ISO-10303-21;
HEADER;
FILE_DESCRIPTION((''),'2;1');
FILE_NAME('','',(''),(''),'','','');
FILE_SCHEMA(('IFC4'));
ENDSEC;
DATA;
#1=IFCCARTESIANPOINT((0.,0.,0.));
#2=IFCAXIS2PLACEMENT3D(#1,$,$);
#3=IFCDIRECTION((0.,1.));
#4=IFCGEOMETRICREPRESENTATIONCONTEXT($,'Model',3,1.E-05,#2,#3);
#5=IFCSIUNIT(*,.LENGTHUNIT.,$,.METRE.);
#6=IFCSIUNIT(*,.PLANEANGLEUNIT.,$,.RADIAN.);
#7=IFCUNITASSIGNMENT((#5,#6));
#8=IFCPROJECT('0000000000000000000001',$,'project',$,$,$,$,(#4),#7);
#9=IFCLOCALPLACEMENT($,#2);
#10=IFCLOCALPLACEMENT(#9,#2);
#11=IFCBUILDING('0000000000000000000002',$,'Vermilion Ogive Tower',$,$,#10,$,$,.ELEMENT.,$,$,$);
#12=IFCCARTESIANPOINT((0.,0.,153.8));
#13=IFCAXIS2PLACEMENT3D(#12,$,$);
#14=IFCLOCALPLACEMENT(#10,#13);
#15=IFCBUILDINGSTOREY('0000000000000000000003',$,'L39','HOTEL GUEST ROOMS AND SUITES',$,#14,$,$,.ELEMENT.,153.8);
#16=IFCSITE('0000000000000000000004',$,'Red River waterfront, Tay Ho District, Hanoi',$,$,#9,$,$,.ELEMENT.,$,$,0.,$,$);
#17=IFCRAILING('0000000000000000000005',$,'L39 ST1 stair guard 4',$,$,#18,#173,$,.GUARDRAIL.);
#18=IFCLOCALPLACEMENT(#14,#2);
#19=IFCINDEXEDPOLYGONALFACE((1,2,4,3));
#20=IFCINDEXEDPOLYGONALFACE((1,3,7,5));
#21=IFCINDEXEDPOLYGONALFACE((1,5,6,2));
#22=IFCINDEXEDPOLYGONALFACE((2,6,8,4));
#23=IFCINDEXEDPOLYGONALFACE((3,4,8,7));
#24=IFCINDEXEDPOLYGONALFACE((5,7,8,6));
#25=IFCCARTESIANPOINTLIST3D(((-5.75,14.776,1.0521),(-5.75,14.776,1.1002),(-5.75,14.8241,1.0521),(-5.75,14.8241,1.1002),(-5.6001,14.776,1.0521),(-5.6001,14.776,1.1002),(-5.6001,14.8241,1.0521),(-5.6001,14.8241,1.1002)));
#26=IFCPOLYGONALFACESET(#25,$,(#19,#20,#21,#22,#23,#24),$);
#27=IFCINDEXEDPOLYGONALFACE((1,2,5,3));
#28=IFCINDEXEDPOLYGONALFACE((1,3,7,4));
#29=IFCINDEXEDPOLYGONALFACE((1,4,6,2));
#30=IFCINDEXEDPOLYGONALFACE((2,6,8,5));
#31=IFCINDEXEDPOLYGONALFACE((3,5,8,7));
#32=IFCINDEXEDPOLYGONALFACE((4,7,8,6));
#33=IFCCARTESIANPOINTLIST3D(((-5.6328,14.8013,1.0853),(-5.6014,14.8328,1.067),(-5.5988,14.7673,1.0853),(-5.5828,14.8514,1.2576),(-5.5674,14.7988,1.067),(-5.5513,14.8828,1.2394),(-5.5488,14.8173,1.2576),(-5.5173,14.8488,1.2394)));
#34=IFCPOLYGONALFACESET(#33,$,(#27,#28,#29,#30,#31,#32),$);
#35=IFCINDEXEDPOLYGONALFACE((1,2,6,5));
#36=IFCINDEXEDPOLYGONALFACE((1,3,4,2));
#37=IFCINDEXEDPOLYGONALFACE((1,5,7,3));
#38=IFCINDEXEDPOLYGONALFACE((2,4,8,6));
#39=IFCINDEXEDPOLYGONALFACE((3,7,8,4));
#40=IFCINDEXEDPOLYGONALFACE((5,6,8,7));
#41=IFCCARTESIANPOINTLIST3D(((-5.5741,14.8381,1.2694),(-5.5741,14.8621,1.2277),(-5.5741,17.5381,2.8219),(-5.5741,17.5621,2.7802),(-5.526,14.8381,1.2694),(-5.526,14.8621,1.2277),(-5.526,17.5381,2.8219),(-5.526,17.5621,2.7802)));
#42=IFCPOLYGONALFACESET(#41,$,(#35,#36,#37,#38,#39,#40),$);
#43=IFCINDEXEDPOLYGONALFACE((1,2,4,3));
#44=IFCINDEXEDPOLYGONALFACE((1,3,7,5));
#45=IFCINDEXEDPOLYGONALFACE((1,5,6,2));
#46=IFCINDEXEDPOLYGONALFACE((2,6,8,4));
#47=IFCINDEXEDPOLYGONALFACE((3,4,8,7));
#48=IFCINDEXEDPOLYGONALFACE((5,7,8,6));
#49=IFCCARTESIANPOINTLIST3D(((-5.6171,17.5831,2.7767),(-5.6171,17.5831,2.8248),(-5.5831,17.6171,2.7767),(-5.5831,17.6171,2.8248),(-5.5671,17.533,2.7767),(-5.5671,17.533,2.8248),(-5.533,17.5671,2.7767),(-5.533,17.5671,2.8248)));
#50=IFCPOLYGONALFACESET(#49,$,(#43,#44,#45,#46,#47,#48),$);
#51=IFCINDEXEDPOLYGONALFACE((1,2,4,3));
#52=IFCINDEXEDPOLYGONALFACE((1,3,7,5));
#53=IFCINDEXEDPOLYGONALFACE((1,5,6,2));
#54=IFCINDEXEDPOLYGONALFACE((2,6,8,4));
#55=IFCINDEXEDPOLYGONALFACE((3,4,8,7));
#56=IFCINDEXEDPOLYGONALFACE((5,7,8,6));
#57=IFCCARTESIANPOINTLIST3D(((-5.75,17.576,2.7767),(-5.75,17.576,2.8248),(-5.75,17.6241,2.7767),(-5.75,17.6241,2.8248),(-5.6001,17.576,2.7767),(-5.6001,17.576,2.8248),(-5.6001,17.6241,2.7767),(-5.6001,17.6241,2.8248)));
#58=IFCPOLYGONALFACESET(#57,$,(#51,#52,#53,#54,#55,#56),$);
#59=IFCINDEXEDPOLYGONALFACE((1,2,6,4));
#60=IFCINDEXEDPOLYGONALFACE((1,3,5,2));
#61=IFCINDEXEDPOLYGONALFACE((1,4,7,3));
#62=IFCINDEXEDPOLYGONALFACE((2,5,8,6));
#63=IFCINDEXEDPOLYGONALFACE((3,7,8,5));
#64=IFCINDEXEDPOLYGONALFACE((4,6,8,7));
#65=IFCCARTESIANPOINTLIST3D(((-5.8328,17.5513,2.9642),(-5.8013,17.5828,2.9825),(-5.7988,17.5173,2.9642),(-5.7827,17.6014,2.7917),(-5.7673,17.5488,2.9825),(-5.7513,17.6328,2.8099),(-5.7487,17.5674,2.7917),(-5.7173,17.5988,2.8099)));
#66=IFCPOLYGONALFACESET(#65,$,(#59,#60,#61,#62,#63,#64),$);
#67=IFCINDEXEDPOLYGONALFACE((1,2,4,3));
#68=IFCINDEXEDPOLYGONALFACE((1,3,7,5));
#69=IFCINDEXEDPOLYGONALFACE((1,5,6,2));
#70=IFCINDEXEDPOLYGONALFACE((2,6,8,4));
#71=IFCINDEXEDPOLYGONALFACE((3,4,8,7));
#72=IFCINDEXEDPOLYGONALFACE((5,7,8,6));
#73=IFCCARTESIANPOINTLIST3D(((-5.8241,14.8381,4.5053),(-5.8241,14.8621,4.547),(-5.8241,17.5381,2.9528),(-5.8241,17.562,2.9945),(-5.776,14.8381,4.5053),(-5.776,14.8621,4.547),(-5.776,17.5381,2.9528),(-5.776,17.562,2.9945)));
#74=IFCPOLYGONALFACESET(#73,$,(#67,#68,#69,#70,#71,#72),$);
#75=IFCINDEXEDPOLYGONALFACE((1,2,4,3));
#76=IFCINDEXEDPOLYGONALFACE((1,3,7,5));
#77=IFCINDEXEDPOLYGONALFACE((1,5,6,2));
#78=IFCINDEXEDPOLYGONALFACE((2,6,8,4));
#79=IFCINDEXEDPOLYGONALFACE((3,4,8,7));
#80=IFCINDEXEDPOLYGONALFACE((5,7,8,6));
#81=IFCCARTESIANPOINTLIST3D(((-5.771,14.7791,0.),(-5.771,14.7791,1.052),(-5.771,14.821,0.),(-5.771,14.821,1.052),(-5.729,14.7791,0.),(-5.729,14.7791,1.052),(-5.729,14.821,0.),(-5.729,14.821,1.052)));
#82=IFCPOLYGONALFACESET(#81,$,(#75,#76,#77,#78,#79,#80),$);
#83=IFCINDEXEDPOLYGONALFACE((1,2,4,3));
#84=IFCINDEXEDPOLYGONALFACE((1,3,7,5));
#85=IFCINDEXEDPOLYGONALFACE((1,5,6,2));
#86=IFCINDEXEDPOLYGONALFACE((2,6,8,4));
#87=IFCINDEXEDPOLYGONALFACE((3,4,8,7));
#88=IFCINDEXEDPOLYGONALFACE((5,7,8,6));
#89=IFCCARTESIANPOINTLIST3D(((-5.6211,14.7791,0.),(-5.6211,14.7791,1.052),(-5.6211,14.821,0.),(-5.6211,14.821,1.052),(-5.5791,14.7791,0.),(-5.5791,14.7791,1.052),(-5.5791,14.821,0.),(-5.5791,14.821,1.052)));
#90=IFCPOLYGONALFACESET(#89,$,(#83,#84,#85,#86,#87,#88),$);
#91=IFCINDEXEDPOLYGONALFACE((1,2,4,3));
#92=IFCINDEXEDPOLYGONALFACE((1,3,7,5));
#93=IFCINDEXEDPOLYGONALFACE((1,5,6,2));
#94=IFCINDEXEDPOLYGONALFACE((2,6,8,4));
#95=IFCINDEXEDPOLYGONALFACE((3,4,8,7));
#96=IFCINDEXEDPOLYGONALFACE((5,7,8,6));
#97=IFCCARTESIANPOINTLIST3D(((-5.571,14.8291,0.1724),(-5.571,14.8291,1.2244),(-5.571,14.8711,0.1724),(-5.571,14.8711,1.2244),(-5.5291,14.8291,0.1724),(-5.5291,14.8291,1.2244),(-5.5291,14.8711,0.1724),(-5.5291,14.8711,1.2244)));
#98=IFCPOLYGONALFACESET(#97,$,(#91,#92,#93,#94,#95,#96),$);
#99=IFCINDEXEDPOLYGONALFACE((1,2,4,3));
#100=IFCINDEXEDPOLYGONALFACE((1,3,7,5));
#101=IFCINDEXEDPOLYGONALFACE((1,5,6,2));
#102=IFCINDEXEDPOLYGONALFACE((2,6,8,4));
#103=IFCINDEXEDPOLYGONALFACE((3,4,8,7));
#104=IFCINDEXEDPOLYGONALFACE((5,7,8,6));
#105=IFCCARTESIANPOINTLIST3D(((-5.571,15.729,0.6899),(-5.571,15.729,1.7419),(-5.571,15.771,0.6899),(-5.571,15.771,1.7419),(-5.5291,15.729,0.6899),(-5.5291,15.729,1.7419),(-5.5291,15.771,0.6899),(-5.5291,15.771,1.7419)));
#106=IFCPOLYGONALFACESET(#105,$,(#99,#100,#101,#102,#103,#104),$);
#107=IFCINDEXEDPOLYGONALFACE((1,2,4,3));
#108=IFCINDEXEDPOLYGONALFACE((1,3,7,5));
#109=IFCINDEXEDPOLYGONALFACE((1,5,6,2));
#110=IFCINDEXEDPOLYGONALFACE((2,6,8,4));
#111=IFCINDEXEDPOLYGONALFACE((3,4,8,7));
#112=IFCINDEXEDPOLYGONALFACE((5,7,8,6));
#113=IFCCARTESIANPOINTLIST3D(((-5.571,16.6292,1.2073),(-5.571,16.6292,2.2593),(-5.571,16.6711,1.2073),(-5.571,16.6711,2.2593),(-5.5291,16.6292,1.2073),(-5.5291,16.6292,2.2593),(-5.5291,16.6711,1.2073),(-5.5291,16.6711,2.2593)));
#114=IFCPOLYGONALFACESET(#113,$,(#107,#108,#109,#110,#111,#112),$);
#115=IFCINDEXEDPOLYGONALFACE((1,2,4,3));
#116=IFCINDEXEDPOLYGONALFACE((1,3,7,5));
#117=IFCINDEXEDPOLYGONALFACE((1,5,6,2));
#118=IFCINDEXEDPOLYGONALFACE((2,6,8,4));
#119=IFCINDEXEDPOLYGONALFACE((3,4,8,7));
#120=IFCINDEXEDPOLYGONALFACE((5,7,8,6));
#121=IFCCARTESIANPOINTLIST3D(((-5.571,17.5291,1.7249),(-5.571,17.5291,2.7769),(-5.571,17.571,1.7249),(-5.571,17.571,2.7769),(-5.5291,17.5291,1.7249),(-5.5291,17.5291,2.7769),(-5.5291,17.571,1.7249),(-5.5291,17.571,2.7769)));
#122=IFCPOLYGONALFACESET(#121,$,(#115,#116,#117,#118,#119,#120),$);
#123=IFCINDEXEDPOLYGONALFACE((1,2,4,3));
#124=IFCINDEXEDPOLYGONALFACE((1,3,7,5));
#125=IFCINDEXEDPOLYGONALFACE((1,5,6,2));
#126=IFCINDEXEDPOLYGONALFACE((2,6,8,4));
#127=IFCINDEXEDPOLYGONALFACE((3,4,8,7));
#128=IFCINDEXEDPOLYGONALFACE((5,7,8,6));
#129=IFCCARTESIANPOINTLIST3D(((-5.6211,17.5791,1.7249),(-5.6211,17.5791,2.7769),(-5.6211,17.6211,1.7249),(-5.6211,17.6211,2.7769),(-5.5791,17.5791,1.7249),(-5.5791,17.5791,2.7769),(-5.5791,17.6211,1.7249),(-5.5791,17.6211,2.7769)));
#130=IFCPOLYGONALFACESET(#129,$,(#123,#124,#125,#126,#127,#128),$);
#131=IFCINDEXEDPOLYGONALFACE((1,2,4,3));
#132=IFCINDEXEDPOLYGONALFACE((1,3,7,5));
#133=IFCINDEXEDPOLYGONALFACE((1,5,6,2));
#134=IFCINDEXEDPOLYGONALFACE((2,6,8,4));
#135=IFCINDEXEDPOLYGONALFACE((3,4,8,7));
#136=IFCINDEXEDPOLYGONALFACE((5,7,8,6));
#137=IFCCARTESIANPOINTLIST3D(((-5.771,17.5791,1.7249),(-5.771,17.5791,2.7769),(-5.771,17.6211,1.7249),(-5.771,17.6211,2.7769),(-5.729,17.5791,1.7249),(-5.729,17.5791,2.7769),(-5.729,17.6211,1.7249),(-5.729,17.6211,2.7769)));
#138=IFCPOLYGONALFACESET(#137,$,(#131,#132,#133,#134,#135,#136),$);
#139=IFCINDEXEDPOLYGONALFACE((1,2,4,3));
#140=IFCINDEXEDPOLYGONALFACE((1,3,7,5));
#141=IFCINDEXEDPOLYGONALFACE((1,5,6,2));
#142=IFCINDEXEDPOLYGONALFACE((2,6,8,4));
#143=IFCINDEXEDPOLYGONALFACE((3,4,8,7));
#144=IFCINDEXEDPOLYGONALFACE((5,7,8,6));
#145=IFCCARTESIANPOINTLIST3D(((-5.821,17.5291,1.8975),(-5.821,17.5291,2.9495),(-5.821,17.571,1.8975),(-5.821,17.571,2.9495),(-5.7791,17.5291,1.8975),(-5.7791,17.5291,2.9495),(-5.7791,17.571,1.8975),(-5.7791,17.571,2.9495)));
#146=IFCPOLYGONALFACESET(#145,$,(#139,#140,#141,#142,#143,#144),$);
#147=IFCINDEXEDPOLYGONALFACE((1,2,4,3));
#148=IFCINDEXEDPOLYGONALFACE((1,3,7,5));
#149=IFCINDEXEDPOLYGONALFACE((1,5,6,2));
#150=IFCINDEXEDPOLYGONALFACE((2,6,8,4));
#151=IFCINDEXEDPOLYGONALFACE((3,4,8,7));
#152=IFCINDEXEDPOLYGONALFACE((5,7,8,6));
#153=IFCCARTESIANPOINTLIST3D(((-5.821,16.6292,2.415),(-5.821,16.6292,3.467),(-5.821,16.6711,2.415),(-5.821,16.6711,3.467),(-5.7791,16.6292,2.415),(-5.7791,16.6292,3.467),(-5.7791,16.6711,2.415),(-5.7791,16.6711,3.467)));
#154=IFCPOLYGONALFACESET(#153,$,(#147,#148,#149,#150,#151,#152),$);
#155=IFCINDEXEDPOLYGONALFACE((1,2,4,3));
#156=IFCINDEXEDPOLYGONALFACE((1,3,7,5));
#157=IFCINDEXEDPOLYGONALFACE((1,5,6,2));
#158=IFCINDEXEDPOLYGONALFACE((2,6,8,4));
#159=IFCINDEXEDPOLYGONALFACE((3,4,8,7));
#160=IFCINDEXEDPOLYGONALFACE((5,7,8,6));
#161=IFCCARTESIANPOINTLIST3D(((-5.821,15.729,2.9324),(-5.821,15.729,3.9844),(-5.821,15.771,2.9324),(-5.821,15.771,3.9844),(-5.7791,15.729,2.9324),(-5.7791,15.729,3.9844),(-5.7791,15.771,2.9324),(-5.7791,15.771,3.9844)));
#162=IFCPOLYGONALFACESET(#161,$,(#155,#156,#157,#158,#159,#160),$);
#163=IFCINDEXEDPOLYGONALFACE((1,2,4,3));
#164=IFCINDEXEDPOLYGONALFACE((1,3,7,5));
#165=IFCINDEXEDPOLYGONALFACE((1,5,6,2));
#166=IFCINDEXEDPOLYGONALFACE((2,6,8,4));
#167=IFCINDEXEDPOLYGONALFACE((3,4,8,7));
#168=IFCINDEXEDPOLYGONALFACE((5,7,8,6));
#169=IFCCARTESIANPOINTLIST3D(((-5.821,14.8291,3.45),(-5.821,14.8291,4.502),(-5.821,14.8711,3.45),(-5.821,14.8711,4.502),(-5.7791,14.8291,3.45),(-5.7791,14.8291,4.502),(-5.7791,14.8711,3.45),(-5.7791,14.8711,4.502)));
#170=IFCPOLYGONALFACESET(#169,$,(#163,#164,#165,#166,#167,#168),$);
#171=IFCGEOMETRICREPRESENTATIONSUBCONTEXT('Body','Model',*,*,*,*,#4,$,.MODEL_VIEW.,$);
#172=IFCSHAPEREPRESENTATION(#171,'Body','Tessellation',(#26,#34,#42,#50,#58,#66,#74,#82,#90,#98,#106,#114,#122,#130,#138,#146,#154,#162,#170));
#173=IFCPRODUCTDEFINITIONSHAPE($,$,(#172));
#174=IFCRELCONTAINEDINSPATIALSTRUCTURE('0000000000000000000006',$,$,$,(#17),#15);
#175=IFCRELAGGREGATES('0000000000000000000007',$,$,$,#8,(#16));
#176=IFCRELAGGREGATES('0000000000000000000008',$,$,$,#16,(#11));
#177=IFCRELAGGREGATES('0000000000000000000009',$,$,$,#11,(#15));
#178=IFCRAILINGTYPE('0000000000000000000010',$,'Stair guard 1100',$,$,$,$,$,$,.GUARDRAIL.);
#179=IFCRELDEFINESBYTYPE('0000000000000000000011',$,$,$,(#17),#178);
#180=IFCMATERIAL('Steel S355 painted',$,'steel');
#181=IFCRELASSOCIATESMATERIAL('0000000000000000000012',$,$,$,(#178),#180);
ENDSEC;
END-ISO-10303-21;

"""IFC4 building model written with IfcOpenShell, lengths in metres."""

from ifc_helpers import new_model, si_unit, direction, frame, origin, origin_2d, place, context, subcontext, project, spatial, rectangle, extrude, material, type_object, element, save


model = new_model("IFC4")

# Units and contexts
model_context = context("Model", 3, precision=1e-05, world=origin(), true_north=direction((0.0, 1.0)))
body_context = subcontext(model_context, "Body", "Model", "MODEL_VIEW")
ifc_project = project(units=[si_unit("LENGTHUNIT", "METRE"), si_unit("PLANEANGLEUNIT", "RADIAN")], contexts=[model_context])

# Site, building, storey
site_placement = place(None, origin())
site = spatial("IfcSite", under=ifc_project, at=site_placement, Name="Red River waterfront, Tay Ho District, Hanoi", CompositionType="ELEMENT", RefElevation=0.0)
building_placement = place(site_placement, origin())
building = spatial("IfcBuilding", under=site, at=building_placement, Name="Vermilion Ogive Tower", CompositionType="ELEMENT")
storey_placement = place(building_placement, frame((0.0, 0.0, 153.8)))
storey = spatial("IfcBuildingStorey", under=building, at=storey_placement, Name="L39", Description="HOTEL GUEST ROOMS AND SUITES", CompositionType="ELEMENT", Elevation=153.8)

# Railing
ifc_material_1 = material(Name="Steel S355 painted", Category="steel")
railing_type = type_object("IfcRailingType", Name="Stair guard 1100", PredefinedType="GUARDRAIL", material=ifc_material_1)
railing_placement = place(storey_placement, frame((-5.75, 14.8, 0.0)))
element("IfcRailing", 1, at=railing_placement, inside=storey, type_object=railing_type, Name="L39 ST1 stair guard 4", PredefinedType="GUARDRAIL", context=body_context, shape_type="SweptSolid", body=[
    extrude(rectangle(XDim=0.0481, YDim=0.0481, at=origin_2d()), frame((0.0, 0.0, 1.0762), z_axis=(1.0, 0.0, 0.0), x_axis=(0.0, 1.0, 0.0)), (0.0, 0.0, 1.0), 0.1499),
    extrude(rectangle(XDim=0.0481, YDim=0.0481, at=origin_2d()), frame((0.1499, 0.0, 1.0762), z_axis=(0.268603, 0.268603, 0.925043), x_axis=(-0.707107, 0.707107, 0.0)), (0.0, 0.0, 1.0), 0.1863),
    extrude(rectangle(XDim=0.0481, YDim=0.0481, at=origin_2d()), frame((0.2, 0.05, 1.2485), z_axis=(0.0, 0.866904, 0.498476), x_axis=(-1.0, 0.0, 0.0)), (0.0, 0.0, 1.0), 3.1145),
    extrude(rectangle(XDim=0.0481, YDim=0.0481, at=origin_2d()), frame((0.2, 2.75, 2.8008), z_axis=(-0.707107, 0.707107, 0.0), x_axis=(-0.707107, -0.707107, 0.0)), (0.0, 0.0, 1.0), 0.0708),
    extrude(rectangle(XDim=0.0481, YDim=0.0481, at=origin_2d()), frame((0.1499, 2.8, 2.8008), z_axis=(-1.0, 0.0, 0.0), x_axis=(0.0, -1.0, 0.0)), (0.0, 0.0, 1.0), 0.1499),
    extrude(rectangle(XDim=0.0481, YDim=0.0481, at=origin_2d()), frame((0.0, 2.8, 2.8008), z_axis=(-0.268278, -0.268278, 0.925232), x_axis=(0.707107, -0.707107, 0.0)), (0.0, 0.0, 1.0), 0.1865),
    extrude(rectangle(XDim=0.0481, YDim=0.0481, at=origin_2d()), frame((-0.05, 2.75, 2.9736), z_axis=(0.0, -0.866904, 0.498476), x_axis=(1.0, 0.0, 0.0)), (0.0, 0.0, 1.0), 3.1145),
    extrude(rectangle(XDim=0.042, YDim=0.042, at=origin_2d()), origin(), (0.0, 0.0, 1.0), 1.052),
    extrude(rectangle(XDim=0.042, YDim=0.042, at=origin_2d()), frame((0.1499, 0.0, 0.0)), (0.0, 0.0, 1.0), 1.052),
    extrude(rectangle(XDim=0.042, YDim=0.042, at=origin_2d()), frame((0.2, 0.05, 0.1724)), (0.0, 0.0, 1.0), 1.052),
    extrude(rectangle(XDim=0.042, YDim=0.042, at=origin_2d()), frame((0.2, 0.95, 0.6899)), (0.0, 0.0, 1.0), 1.052),
    extrude(rectangle(XDim=0.042, YDim=0.042, at=origin_2d()), frame((0.2, 1.8501, 1.2073)), (0.0, 0.0, 1.0), 1.052),
    extrude(rectangle(XDim=0.042, YDim=0.042, at=origin_2d()), frame((0.2, 2.75, 1.7249)), (0.0, 0.0, 1.0), 1.052),
    extrude(rectangle(XDim=0.042, YDim=0.042, at=origin_2d()), frame((0.1499, 2.8, 1.7249)), (0.0, 0.0, 1.0), 1.052),
    extrude(rectangle(XDim=0.042, YDim=0.042, at=origin_2d()), frame((0.0, 2.8, 1.7249)), (0.0, 0.0, 1.0), 1.052),
    extrude(rectangle(XDim=0.042, YDim=0.042, at=origin_2d()), frame((-0.05, 2.75, 1.8975)), (0.0, 0.0, 1.0), 1.052),
    extrude(rectangle(XDim=0.042, YDim=0.042, at=origin_2d()), frame((-0.05, 1.8501, 2.415)), (0.0, 0.0, 1.0), 1.052),
    extrude(rectangle(XDim=0.042, YDim=0.042, at=origin_2d()), frame((-0.05, 0.95, 2.9324)), (0.0, 0.0, 1.0), 1.052),
    extrude(rectangle(XDim=0.042, YDim=0.042, at=origin_2d()), frame((-0.05, 0.05, 3.45)), (0.0, 0.0, 1.0), 1.052),
])

save(model, "model.ifc")
